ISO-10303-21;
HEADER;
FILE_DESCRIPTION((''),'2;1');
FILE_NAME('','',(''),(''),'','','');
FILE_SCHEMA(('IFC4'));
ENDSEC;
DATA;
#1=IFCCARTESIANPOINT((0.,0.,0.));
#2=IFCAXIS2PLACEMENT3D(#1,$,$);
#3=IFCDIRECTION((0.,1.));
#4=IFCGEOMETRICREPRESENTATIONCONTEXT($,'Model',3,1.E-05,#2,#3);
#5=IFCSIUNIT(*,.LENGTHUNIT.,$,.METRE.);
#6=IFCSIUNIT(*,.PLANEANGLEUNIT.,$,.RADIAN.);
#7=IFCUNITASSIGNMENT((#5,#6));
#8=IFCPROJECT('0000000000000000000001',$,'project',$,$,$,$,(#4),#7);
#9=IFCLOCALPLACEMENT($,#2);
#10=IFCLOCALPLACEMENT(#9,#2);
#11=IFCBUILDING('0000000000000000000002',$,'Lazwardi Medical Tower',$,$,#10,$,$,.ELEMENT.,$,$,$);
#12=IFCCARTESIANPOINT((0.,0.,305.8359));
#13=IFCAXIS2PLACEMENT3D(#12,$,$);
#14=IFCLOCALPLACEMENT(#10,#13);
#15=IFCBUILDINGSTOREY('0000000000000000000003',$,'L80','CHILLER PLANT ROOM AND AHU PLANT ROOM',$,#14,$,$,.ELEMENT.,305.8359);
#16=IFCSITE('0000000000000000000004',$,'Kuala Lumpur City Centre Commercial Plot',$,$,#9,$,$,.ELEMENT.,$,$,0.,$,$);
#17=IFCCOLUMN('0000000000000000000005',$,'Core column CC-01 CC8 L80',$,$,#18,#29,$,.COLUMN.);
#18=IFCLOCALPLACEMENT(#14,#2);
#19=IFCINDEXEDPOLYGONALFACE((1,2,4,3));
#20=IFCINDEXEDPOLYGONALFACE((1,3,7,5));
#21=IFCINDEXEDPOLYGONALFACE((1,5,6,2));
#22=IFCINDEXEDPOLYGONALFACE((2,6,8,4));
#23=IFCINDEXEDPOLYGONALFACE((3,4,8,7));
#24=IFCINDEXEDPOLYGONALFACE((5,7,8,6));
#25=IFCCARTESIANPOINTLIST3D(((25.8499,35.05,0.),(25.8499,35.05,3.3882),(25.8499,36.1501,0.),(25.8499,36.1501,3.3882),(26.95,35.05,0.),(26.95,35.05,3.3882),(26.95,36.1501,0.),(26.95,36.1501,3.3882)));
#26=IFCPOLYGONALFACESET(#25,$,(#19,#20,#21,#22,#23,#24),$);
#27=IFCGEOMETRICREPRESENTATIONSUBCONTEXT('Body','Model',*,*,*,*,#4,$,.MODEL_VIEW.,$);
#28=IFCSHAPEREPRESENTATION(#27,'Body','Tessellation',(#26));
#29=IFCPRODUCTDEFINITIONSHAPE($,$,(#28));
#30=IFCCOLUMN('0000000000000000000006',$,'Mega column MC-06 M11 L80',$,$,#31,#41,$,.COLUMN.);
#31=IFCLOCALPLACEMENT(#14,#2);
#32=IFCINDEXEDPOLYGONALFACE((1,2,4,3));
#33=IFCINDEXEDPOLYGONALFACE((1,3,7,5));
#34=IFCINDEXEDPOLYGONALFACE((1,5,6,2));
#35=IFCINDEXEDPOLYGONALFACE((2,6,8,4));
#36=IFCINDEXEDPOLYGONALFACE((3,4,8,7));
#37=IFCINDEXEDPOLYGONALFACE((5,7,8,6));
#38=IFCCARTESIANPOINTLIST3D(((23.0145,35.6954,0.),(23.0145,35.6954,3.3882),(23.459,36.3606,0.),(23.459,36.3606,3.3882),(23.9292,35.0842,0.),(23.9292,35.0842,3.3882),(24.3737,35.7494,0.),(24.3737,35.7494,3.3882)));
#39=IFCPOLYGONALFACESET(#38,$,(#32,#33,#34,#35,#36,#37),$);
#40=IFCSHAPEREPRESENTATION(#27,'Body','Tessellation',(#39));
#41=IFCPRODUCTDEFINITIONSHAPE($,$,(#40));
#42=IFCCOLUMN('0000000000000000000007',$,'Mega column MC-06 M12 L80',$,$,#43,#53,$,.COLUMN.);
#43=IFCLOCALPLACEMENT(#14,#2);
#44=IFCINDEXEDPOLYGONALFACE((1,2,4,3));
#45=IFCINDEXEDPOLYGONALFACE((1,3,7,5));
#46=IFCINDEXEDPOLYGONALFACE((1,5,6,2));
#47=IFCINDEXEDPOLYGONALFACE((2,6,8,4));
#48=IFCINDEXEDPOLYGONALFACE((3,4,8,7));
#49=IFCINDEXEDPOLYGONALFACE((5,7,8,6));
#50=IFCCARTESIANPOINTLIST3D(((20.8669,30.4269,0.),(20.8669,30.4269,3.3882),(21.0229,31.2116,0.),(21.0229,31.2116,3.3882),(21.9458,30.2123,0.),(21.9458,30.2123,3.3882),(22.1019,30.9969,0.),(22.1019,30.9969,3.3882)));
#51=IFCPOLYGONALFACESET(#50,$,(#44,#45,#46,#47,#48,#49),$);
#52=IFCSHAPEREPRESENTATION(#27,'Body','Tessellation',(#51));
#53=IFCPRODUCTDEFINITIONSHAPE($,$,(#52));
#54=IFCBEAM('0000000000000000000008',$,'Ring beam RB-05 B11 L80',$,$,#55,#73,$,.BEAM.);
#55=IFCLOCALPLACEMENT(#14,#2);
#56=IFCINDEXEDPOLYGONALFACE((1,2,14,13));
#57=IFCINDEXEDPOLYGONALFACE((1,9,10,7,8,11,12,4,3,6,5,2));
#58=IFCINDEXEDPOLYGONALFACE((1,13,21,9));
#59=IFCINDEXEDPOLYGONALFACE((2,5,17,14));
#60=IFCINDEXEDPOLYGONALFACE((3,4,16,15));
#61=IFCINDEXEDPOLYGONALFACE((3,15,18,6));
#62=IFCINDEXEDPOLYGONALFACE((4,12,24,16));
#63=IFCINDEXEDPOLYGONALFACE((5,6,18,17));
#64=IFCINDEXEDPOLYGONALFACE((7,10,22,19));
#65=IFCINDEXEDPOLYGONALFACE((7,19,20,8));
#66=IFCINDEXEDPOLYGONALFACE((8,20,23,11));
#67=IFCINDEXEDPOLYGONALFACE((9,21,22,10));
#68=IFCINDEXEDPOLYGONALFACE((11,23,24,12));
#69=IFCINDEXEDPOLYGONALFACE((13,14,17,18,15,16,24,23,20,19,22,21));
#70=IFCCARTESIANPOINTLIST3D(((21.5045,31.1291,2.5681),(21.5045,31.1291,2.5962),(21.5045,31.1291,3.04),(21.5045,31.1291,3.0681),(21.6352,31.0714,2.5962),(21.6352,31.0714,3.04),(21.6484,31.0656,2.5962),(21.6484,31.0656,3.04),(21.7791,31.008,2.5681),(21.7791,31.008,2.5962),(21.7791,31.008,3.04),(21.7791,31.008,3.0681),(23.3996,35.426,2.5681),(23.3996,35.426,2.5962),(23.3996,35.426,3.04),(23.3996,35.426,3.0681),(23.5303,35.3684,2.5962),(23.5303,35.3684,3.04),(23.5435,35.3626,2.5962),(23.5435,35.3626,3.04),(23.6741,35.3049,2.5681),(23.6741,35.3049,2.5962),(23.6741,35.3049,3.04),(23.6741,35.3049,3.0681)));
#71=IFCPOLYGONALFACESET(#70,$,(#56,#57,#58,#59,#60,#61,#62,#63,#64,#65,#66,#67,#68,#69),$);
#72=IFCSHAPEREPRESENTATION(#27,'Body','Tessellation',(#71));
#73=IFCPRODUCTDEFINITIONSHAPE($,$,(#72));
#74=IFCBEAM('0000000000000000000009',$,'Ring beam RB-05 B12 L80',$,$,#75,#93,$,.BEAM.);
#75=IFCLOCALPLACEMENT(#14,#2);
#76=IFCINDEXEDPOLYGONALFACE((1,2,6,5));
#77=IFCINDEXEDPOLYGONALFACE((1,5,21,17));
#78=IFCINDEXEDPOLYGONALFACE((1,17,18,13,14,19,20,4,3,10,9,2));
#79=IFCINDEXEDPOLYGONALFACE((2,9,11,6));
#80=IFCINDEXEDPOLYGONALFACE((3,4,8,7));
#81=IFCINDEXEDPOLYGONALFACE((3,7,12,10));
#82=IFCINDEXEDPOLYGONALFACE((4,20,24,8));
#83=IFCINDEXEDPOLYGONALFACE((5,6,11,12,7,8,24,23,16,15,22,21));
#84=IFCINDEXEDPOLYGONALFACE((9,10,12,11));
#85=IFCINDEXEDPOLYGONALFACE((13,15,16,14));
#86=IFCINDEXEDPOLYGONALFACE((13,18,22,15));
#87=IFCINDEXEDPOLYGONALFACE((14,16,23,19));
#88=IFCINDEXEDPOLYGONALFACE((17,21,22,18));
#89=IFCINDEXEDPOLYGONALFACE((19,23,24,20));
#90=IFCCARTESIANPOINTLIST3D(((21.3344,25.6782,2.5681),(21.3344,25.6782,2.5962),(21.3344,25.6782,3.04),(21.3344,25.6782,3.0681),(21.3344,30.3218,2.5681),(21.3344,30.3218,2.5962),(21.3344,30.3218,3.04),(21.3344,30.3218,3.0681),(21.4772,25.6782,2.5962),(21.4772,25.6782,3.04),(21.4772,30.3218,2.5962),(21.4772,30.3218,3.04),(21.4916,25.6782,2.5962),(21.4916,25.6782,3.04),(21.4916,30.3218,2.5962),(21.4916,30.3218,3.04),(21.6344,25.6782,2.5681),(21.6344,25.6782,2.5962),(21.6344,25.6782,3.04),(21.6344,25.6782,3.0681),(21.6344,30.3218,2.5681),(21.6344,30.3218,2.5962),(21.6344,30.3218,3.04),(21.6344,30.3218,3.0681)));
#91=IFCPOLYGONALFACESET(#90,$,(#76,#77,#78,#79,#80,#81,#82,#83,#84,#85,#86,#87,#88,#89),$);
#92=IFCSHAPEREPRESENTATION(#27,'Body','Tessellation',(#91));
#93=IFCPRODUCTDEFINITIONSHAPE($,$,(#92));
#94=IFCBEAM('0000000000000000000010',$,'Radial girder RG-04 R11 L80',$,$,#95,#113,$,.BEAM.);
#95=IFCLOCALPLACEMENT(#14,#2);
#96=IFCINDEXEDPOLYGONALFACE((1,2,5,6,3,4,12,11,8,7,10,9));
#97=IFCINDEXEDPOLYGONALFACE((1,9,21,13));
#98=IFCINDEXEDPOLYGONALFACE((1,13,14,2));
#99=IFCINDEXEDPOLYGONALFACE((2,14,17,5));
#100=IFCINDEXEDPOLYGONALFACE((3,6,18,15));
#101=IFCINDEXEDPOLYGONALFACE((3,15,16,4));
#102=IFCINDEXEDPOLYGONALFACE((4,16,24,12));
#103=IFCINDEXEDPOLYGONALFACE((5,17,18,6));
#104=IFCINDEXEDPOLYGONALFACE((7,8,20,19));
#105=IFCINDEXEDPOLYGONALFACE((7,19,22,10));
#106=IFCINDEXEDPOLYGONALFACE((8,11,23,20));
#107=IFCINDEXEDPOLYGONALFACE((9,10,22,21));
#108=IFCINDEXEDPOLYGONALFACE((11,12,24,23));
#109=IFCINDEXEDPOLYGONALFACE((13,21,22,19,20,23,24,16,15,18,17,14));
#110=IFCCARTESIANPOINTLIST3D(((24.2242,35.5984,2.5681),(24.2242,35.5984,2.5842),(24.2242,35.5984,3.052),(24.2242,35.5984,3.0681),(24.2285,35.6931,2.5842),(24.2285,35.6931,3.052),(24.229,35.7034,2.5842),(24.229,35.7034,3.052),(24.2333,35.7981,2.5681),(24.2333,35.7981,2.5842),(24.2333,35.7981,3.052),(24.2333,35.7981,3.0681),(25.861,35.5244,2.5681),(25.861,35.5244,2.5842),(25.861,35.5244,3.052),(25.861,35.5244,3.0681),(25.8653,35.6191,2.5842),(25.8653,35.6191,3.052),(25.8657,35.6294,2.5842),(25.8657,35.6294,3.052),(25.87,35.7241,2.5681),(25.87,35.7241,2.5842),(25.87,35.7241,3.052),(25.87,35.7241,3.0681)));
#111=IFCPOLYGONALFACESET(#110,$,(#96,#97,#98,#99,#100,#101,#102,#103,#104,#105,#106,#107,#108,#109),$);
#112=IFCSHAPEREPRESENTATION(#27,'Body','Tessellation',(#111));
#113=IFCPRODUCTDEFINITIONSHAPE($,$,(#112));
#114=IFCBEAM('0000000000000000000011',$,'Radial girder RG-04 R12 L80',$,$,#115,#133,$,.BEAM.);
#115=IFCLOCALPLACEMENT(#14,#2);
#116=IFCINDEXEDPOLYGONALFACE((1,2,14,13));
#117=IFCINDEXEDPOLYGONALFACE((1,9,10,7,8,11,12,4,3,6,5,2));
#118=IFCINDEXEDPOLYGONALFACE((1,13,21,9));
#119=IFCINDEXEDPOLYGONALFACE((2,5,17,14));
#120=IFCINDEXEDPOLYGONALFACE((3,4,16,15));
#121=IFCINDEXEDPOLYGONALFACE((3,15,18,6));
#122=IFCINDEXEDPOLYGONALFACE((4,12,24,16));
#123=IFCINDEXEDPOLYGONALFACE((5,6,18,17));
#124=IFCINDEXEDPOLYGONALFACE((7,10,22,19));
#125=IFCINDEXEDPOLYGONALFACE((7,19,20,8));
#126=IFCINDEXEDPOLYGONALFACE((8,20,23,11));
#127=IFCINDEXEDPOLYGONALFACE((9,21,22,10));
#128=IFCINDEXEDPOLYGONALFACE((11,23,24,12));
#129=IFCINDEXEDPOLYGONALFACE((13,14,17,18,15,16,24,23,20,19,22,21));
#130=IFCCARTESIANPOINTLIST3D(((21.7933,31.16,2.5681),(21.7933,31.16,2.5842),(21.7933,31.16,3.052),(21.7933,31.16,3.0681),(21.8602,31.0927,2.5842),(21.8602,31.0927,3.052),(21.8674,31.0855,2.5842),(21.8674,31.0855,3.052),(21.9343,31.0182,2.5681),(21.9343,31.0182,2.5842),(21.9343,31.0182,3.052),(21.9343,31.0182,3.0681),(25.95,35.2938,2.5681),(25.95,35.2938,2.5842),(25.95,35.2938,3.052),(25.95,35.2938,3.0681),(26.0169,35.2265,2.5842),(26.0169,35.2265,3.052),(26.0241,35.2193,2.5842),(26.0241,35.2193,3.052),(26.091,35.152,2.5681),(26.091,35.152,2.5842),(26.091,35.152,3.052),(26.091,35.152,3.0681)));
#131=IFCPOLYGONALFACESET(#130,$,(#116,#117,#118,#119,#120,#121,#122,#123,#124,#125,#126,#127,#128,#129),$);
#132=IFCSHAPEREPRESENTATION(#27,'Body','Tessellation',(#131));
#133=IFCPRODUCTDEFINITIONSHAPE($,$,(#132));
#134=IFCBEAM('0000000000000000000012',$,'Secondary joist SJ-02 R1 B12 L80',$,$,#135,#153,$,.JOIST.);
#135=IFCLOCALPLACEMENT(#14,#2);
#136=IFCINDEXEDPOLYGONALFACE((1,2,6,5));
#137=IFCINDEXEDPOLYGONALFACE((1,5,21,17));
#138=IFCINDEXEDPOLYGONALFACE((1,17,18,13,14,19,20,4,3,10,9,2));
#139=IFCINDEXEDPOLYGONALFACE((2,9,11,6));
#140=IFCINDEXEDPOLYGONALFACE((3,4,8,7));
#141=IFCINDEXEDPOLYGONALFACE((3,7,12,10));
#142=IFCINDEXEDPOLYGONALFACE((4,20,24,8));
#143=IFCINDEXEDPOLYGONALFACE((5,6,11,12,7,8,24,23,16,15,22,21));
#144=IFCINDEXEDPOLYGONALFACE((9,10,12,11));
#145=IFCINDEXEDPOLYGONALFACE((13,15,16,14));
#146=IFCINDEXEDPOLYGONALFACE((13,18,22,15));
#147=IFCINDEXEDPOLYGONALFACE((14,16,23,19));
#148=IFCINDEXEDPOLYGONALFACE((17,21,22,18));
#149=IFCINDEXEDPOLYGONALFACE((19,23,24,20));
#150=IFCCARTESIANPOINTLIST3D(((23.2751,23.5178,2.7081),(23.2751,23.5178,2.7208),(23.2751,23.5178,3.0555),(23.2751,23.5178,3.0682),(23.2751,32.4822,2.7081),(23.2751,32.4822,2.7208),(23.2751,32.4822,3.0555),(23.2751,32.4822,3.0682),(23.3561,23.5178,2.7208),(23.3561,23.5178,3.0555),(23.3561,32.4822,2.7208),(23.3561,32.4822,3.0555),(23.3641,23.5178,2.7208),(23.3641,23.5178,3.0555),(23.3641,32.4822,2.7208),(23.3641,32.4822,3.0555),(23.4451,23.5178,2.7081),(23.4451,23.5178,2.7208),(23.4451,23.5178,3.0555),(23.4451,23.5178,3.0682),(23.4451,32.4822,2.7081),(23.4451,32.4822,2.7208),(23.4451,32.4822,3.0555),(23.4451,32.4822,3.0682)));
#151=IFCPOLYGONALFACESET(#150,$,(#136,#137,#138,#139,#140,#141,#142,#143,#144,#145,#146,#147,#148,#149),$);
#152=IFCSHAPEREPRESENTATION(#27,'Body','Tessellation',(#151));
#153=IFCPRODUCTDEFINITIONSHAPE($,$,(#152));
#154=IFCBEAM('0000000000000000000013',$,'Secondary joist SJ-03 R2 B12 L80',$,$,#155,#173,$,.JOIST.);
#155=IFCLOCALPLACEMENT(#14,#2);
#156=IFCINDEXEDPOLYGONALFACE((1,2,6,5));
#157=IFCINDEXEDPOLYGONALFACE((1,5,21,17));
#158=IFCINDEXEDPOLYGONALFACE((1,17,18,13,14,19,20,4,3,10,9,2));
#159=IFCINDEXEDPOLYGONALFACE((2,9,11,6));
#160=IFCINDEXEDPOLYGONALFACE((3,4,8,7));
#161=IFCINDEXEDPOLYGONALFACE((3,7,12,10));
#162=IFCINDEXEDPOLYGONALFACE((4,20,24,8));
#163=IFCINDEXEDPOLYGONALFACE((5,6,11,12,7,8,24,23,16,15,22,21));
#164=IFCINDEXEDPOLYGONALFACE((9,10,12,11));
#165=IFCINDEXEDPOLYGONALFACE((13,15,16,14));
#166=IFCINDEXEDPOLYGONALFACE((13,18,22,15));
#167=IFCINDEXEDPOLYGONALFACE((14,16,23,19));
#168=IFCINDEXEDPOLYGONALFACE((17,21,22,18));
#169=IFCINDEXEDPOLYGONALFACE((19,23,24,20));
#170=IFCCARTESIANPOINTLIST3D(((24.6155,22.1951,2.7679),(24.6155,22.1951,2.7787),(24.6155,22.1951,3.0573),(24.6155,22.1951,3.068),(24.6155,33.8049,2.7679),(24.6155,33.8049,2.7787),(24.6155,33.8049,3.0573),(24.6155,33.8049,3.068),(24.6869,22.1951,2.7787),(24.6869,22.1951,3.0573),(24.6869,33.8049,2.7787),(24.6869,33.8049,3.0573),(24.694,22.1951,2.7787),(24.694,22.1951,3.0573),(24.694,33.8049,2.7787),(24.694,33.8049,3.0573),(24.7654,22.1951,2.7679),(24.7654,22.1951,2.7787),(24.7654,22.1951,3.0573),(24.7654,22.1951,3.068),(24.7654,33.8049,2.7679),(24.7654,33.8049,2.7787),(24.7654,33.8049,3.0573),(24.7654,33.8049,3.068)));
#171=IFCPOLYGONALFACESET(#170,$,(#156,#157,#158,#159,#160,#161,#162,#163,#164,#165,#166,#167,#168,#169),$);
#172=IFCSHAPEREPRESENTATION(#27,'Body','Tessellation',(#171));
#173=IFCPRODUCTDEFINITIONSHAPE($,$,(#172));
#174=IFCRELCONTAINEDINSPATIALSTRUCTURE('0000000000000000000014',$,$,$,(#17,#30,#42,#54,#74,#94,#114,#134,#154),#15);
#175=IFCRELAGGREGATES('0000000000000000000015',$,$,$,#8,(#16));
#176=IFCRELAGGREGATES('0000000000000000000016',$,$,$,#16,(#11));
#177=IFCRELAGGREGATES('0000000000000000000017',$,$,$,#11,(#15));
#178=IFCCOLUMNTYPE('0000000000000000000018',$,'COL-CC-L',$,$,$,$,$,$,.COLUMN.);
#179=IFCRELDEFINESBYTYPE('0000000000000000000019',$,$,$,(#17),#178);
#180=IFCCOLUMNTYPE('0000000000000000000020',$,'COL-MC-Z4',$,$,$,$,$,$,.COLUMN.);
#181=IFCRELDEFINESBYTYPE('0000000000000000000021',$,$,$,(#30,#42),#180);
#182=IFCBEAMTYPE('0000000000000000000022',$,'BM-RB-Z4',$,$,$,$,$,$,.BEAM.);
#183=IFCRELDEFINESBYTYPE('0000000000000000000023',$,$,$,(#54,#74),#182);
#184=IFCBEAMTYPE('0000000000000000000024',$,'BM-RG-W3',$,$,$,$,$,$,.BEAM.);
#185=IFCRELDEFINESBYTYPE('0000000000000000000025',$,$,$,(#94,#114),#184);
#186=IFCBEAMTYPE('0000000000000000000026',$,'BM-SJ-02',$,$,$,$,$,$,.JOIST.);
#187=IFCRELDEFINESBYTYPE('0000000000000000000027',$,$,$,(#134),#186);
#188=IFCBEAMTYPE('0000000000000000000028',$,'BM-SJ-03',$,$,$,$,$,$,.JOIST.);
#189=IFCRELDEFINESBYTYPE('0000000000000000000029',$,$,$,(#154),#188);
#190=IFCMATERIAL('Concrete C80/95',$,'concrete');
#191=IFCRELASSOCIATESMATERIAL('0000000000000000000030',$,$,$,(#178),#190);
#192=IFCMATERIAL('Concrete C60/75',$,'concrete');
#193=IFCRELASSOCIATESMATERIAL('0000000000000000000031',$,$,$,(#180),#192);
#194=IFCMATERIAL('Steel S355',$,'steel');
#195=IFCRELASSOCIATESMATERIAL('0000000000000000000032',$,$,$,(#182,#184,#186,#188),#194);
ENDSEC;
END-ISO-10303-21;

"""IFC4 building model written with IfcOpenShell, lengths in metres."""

from ifc_helpers import new_model, si_unit, direction, frame, origin, origin_2d, place, context, subcontext, project, spatial, rectangle, i_section, extrude, material, material_profile, profile_set, type_object, element, save


model = new_model("IFC4")

# Units and contexts
model_context = context("Model", 3, precision=1e-05, world=origin(), true_north=direction((0.0, 1.0)))
body_context = subcontext(model_context, "Body", "Model", "MODEL_VIEW")
ifc_project = project(units=[si_unit("LENGTHUNIT", "METRE"), si_unit("PLANEANGLEUNIT", "RADIAN")], contexts=[model_context])

# Site, building, storey
site_placement = place(None, origin())
site = spatial("IfcSite", under=ifc_project, at=site_placement, Name="Kuala Lumpur City Centre Commercial Plot", CompositionType="ELEMENT", RefElevation=0.0)
building_placement = place(site_placement, origin())
building = spatial("IfcBuilding", under=site, at=building_placement, Name="Lazwardi Medical Tower", CompositionType="ELEMENT")
storey_placement = place(building_placement, frame((0.0, 0.0, 305.8359)))
storey = spatial("IfcBuildingStorey", under=building, at=storey_placement, Name="L80", Description="CHILLER PLANT ROOM AND AHU PLANT ROOM", CompositionType="ELEMENT", Elevation=305.8359)

# Columns
ifc_material_1 = material(Name="Concrete C80/95", Category="concrete")
ifc_material_profile_1 = material_profile(ifc_material_1, rectangle(XDim=1.1001, YDim=1.1001, at=origin_2d()), Name="RC 1100x1100")
ifc_profile_set_1 = profile_set([ifc_material_profile_1], Name="Concrete C80/95")
column_type_1 = type_object("IfcColumnType", Name="COL-CC-L", PredefinedType="COLUMN", material=ifc_profile_set_1)
column_placement = place(storey_placement, frame((26.3999, 35.6001, 0.0), z_axis=(0.0, 0.0, 1.0), x_axis=(1.0, 0.0, 0.0)))
element("IfcColumn", 1, at=column_placement, inside=storey, type_object=column_type_1, Name="Core column CC-01 CC8 L80", PredefinedType="COLUMN", context=body_context, shape_type="SweptSolid", body=[
    extrude(rectangle(XDim=1.1001, YDim=1.1001, at=origin_2d()), origin(), (0.0, 0.0, 1.0), 3.3882),
])
ifc_material_2 = material(Name="Concrete C60/75", Category="concrete")
ifc_material_profile_2 = material_profile(ifc_material_2, rectangle(XDim=1.1001, YDim=0.8, at=origin_2d()), Name="CFT-RECT 1100x800")
ifc_profile_set_2 = profile_set([ifc_material_profile_2], Name="Concrete C60/75")
column_type_2 = type_object("IfcColumnType", Name="COL-MC-Z4", PredefinedType="COLUMN", material=ifc_profile_set_2)
for number, where, z_axis, x_axis, name in (
    (2, (23.6941, 35.7224, 0.0), (0.0, 0.0, 1.0), (-0.83147, 0.55557, 0.0), "Mega column MC-06 M11 L80"),
    (3, (21.4844, 30.7119, 0.0), (0.0, 0.0, 1.0), (-0.980785, 0.19509, 0.0), "Mega column MC-06 M12 L80"),
):
    element("IfcColumn", number, at=place(storey_placement, frame(where, z_axis=z_axis, x_axis=x_axis)), inside=storey, type_object=column_type_2, Name=name, PredefinedType="COLUMN", context=body_context, shape_type="SweptSolid", body=[
        extrude(rectangle(XDim=1.1001, YDim=0.8, at=origin_2d()), origin(), (0.0, 0.0, 1.0), 3.3882),
    ])

# Beams
ifc_material_3 = material(Name="Steel S355", Category="steel")
ifc_material_profile_3 = material_profile(ifc_material_3, i_section(OverallWidth=0.3, OverallDepth=0.5, WebThickness=0.0144, FlangeThickness=0.0281, at=origin_2d()), Name="HEB 500")
ifc_profile_set_3 = profile_set([ifc_material_profile_3], Name="Steel S355")
beam_type_1 = type_object("IfcBeamType", Name="BM-RB-Z4", PredefinedType="BEAM", material=ifc_profile_set_3)
beam_1_placement = place(storey_placement, frame((23.5369, 35.3655, 2.8181), z_axis=(-0.403522, -0.91497, 0.0), x_axis=(0.91497, -0.403522, 0.0)))
element("IfcBeam", 4, at=beam_1_placement, inside=storey, type_object=beam_type_1, Name="Ring beam RB-05 B11 L80", PredefinedType="BEAM", context=body_context, shape_type="SweptSolid", body=[
    extrude(i_section(OverallWidth=0.3, OverallDepth=0.5, WebThickness=0.0144, FlangeThickness=0.0281, at=origin_2d()), origin(), (0.0, 0.0, 1.0), 4.6963),
])
beam_2_placement = place(storey_placement, frame((21.4844, 30.3218, 2.8181), z_axis=(0.0, -1.0, 0.0), x_axis=(1.0, 0.0, 0.0)))
element("IfcBeam", 5, at=beam_2_placement, inside=storey, type_object=beam_type_1, Name="Ring beam RB-05 B12 L80", PredefinedType="BEAM", context=body_context, shape_type="SweptSolid", body=[
    extrude(i_section(OverallWidth=0.3, OverallDepth=0.5, WebThickness=0.0144, FlangeThickness=0.0281, at=origin_2d()), origin(), (0.0, 0.0, 1.0), 4.6436),
])
ifc_material_profile_4 = material_profile(ifc_material_3, i_section(OverallWidth=0.2, OverallDepth=0.5, WebThickness=0.0103, FlangeThickness=0.0161, at=origin_2d()), Name="IPE 500")
ifc_profile_set_4 = profile_set([ifc_material_profile_4], Name="Steel S355")
beam_type_2 = type_object("IfcBeamType", Name="BM-RG-W3", PredefinedType="BEAM", material=ifc_profile_set_4)
beam_3_placement = place(storey_placement, frame((24.2288, 35.6982, 2.8181), z_axis=(0.99898, -0.045151, 0.0), x_axis=(0.045151, 0.99898, 0.0)))
element("IfcBeam", 6, at=beam_3_placement, inside=storey, type_object=beam_type_2, Name="Radial girder RG-04 R11 L80", PredefinedType="BEAM", context=body_context, shape_type="SweptSolid", body=[
    extrude(i_section(OverallWidth=0.2, OverallDepth=0.5, WebThickness=0.0103, FlangeThickness=0.0161, at=origin_2d()), origin(), (0.0, 0.0, 1.0), 1.6384),
])
beam_4_placement = place(storey_placement, frame((21.8638, 31.0891, 2.8181), z_axis=(0.709061, 0.705147, 0.0), x_axis=(-0.705147, 0.709061, 0.0)))
element("IfcBeam", 7, at=beam_4_placement, inside=storey, type_object=beam_type_2, Name="Radial girder RG-04 R12 L80", PredefinedType="BEAM", context=body_context, shape_type="SweptSolid", body=[
    extrude(i_section(OverallWidth=0.2, OverallDepth=0.5, WebThickness=0.0103, FlangeThickness=0.0161, at=origin_2d()), origin(), (0.0, 0.0, 1.0), 5.8623),
])
ifc_material_profile_5 = material_profile(ifc_material_3, i_section(OverallWidth=0.1699, OverallDepth=0.3601, WebThickness=0.0081, FlangeThickness=0.0127, at=origin_2d()), Name="IPE 360")
ifc_profile_set_5 = profile_set([ifc_material_profile_5], Name="Steel S355")
beam_type_3 = type_object("IfcBeamType", Name="BM-SJ-02", PredefinedType="JOIST", material=ifc_profile_set_5)
beam_5_placement = place(storey_placement, frame((23.3601, 32.4822, 2.8882), z_axis=(0.0, -1.0, 0.0), x_axis=(1.0, 0.0, 0.0)))
element("IfcBeam", 8, at=beam_5_placement, inside=storey, type_object=beam_type_3, Name="Secondary joist SJ-02 R1 B12 L80", PredefinedType="JOIST", context=body_context, shape_type="SweptSolid", body=[
    extrude(i_section(OverallWidth=0.1699, OverallDepth=0.3601, WebThickness=0.0081, FlangeThickness=0.0127, at=origin_2d()), origin(), (0.0, 0.0, 1.0), 8.9644),
])
ifc_material_profile_6 = material_profile(ifc_material_3, i_section(OverallWidth=0.1499, OverallDepth=0.3, WebThickness=0.0071, FlangeThickness=0.0107, at=origin_2d()), Name="IPE 300")
ifc_profile_set_6 = profile_set([ifc_material_profile_6], Name="Steel S355")
beam_type_4 = type_object("IfcBeamType", Name="BM-SJ-03", PredefinedType="JOIST", material=ifc_profile_set_6)
beam_6_placement = place(storey_placement, frame((24.6904, 33.8049, 2.918), z_axis=(0.0, -1.0, 0.0), x_axis=(1.0, 0.0, 0.0)))
element("IfcBeam", 9, at=beam_6_placement, inside=storey, type_object=beam_type_4, Name="Secondary joist SJ-03 R2 B12 L80", PredefinedType="JOIST", context=body_context, shape_type="SweptSolid", body=[
    extrude(i_section(OverallWidth=0.1499, OverallDepth=0.3, WebThickness=0.0071, FlangeThickness=0.0107, at=origin_2d()), origin(), (0.0, 0.0, 1.0), 11.6099),
])

save(model, "model.ifc")
